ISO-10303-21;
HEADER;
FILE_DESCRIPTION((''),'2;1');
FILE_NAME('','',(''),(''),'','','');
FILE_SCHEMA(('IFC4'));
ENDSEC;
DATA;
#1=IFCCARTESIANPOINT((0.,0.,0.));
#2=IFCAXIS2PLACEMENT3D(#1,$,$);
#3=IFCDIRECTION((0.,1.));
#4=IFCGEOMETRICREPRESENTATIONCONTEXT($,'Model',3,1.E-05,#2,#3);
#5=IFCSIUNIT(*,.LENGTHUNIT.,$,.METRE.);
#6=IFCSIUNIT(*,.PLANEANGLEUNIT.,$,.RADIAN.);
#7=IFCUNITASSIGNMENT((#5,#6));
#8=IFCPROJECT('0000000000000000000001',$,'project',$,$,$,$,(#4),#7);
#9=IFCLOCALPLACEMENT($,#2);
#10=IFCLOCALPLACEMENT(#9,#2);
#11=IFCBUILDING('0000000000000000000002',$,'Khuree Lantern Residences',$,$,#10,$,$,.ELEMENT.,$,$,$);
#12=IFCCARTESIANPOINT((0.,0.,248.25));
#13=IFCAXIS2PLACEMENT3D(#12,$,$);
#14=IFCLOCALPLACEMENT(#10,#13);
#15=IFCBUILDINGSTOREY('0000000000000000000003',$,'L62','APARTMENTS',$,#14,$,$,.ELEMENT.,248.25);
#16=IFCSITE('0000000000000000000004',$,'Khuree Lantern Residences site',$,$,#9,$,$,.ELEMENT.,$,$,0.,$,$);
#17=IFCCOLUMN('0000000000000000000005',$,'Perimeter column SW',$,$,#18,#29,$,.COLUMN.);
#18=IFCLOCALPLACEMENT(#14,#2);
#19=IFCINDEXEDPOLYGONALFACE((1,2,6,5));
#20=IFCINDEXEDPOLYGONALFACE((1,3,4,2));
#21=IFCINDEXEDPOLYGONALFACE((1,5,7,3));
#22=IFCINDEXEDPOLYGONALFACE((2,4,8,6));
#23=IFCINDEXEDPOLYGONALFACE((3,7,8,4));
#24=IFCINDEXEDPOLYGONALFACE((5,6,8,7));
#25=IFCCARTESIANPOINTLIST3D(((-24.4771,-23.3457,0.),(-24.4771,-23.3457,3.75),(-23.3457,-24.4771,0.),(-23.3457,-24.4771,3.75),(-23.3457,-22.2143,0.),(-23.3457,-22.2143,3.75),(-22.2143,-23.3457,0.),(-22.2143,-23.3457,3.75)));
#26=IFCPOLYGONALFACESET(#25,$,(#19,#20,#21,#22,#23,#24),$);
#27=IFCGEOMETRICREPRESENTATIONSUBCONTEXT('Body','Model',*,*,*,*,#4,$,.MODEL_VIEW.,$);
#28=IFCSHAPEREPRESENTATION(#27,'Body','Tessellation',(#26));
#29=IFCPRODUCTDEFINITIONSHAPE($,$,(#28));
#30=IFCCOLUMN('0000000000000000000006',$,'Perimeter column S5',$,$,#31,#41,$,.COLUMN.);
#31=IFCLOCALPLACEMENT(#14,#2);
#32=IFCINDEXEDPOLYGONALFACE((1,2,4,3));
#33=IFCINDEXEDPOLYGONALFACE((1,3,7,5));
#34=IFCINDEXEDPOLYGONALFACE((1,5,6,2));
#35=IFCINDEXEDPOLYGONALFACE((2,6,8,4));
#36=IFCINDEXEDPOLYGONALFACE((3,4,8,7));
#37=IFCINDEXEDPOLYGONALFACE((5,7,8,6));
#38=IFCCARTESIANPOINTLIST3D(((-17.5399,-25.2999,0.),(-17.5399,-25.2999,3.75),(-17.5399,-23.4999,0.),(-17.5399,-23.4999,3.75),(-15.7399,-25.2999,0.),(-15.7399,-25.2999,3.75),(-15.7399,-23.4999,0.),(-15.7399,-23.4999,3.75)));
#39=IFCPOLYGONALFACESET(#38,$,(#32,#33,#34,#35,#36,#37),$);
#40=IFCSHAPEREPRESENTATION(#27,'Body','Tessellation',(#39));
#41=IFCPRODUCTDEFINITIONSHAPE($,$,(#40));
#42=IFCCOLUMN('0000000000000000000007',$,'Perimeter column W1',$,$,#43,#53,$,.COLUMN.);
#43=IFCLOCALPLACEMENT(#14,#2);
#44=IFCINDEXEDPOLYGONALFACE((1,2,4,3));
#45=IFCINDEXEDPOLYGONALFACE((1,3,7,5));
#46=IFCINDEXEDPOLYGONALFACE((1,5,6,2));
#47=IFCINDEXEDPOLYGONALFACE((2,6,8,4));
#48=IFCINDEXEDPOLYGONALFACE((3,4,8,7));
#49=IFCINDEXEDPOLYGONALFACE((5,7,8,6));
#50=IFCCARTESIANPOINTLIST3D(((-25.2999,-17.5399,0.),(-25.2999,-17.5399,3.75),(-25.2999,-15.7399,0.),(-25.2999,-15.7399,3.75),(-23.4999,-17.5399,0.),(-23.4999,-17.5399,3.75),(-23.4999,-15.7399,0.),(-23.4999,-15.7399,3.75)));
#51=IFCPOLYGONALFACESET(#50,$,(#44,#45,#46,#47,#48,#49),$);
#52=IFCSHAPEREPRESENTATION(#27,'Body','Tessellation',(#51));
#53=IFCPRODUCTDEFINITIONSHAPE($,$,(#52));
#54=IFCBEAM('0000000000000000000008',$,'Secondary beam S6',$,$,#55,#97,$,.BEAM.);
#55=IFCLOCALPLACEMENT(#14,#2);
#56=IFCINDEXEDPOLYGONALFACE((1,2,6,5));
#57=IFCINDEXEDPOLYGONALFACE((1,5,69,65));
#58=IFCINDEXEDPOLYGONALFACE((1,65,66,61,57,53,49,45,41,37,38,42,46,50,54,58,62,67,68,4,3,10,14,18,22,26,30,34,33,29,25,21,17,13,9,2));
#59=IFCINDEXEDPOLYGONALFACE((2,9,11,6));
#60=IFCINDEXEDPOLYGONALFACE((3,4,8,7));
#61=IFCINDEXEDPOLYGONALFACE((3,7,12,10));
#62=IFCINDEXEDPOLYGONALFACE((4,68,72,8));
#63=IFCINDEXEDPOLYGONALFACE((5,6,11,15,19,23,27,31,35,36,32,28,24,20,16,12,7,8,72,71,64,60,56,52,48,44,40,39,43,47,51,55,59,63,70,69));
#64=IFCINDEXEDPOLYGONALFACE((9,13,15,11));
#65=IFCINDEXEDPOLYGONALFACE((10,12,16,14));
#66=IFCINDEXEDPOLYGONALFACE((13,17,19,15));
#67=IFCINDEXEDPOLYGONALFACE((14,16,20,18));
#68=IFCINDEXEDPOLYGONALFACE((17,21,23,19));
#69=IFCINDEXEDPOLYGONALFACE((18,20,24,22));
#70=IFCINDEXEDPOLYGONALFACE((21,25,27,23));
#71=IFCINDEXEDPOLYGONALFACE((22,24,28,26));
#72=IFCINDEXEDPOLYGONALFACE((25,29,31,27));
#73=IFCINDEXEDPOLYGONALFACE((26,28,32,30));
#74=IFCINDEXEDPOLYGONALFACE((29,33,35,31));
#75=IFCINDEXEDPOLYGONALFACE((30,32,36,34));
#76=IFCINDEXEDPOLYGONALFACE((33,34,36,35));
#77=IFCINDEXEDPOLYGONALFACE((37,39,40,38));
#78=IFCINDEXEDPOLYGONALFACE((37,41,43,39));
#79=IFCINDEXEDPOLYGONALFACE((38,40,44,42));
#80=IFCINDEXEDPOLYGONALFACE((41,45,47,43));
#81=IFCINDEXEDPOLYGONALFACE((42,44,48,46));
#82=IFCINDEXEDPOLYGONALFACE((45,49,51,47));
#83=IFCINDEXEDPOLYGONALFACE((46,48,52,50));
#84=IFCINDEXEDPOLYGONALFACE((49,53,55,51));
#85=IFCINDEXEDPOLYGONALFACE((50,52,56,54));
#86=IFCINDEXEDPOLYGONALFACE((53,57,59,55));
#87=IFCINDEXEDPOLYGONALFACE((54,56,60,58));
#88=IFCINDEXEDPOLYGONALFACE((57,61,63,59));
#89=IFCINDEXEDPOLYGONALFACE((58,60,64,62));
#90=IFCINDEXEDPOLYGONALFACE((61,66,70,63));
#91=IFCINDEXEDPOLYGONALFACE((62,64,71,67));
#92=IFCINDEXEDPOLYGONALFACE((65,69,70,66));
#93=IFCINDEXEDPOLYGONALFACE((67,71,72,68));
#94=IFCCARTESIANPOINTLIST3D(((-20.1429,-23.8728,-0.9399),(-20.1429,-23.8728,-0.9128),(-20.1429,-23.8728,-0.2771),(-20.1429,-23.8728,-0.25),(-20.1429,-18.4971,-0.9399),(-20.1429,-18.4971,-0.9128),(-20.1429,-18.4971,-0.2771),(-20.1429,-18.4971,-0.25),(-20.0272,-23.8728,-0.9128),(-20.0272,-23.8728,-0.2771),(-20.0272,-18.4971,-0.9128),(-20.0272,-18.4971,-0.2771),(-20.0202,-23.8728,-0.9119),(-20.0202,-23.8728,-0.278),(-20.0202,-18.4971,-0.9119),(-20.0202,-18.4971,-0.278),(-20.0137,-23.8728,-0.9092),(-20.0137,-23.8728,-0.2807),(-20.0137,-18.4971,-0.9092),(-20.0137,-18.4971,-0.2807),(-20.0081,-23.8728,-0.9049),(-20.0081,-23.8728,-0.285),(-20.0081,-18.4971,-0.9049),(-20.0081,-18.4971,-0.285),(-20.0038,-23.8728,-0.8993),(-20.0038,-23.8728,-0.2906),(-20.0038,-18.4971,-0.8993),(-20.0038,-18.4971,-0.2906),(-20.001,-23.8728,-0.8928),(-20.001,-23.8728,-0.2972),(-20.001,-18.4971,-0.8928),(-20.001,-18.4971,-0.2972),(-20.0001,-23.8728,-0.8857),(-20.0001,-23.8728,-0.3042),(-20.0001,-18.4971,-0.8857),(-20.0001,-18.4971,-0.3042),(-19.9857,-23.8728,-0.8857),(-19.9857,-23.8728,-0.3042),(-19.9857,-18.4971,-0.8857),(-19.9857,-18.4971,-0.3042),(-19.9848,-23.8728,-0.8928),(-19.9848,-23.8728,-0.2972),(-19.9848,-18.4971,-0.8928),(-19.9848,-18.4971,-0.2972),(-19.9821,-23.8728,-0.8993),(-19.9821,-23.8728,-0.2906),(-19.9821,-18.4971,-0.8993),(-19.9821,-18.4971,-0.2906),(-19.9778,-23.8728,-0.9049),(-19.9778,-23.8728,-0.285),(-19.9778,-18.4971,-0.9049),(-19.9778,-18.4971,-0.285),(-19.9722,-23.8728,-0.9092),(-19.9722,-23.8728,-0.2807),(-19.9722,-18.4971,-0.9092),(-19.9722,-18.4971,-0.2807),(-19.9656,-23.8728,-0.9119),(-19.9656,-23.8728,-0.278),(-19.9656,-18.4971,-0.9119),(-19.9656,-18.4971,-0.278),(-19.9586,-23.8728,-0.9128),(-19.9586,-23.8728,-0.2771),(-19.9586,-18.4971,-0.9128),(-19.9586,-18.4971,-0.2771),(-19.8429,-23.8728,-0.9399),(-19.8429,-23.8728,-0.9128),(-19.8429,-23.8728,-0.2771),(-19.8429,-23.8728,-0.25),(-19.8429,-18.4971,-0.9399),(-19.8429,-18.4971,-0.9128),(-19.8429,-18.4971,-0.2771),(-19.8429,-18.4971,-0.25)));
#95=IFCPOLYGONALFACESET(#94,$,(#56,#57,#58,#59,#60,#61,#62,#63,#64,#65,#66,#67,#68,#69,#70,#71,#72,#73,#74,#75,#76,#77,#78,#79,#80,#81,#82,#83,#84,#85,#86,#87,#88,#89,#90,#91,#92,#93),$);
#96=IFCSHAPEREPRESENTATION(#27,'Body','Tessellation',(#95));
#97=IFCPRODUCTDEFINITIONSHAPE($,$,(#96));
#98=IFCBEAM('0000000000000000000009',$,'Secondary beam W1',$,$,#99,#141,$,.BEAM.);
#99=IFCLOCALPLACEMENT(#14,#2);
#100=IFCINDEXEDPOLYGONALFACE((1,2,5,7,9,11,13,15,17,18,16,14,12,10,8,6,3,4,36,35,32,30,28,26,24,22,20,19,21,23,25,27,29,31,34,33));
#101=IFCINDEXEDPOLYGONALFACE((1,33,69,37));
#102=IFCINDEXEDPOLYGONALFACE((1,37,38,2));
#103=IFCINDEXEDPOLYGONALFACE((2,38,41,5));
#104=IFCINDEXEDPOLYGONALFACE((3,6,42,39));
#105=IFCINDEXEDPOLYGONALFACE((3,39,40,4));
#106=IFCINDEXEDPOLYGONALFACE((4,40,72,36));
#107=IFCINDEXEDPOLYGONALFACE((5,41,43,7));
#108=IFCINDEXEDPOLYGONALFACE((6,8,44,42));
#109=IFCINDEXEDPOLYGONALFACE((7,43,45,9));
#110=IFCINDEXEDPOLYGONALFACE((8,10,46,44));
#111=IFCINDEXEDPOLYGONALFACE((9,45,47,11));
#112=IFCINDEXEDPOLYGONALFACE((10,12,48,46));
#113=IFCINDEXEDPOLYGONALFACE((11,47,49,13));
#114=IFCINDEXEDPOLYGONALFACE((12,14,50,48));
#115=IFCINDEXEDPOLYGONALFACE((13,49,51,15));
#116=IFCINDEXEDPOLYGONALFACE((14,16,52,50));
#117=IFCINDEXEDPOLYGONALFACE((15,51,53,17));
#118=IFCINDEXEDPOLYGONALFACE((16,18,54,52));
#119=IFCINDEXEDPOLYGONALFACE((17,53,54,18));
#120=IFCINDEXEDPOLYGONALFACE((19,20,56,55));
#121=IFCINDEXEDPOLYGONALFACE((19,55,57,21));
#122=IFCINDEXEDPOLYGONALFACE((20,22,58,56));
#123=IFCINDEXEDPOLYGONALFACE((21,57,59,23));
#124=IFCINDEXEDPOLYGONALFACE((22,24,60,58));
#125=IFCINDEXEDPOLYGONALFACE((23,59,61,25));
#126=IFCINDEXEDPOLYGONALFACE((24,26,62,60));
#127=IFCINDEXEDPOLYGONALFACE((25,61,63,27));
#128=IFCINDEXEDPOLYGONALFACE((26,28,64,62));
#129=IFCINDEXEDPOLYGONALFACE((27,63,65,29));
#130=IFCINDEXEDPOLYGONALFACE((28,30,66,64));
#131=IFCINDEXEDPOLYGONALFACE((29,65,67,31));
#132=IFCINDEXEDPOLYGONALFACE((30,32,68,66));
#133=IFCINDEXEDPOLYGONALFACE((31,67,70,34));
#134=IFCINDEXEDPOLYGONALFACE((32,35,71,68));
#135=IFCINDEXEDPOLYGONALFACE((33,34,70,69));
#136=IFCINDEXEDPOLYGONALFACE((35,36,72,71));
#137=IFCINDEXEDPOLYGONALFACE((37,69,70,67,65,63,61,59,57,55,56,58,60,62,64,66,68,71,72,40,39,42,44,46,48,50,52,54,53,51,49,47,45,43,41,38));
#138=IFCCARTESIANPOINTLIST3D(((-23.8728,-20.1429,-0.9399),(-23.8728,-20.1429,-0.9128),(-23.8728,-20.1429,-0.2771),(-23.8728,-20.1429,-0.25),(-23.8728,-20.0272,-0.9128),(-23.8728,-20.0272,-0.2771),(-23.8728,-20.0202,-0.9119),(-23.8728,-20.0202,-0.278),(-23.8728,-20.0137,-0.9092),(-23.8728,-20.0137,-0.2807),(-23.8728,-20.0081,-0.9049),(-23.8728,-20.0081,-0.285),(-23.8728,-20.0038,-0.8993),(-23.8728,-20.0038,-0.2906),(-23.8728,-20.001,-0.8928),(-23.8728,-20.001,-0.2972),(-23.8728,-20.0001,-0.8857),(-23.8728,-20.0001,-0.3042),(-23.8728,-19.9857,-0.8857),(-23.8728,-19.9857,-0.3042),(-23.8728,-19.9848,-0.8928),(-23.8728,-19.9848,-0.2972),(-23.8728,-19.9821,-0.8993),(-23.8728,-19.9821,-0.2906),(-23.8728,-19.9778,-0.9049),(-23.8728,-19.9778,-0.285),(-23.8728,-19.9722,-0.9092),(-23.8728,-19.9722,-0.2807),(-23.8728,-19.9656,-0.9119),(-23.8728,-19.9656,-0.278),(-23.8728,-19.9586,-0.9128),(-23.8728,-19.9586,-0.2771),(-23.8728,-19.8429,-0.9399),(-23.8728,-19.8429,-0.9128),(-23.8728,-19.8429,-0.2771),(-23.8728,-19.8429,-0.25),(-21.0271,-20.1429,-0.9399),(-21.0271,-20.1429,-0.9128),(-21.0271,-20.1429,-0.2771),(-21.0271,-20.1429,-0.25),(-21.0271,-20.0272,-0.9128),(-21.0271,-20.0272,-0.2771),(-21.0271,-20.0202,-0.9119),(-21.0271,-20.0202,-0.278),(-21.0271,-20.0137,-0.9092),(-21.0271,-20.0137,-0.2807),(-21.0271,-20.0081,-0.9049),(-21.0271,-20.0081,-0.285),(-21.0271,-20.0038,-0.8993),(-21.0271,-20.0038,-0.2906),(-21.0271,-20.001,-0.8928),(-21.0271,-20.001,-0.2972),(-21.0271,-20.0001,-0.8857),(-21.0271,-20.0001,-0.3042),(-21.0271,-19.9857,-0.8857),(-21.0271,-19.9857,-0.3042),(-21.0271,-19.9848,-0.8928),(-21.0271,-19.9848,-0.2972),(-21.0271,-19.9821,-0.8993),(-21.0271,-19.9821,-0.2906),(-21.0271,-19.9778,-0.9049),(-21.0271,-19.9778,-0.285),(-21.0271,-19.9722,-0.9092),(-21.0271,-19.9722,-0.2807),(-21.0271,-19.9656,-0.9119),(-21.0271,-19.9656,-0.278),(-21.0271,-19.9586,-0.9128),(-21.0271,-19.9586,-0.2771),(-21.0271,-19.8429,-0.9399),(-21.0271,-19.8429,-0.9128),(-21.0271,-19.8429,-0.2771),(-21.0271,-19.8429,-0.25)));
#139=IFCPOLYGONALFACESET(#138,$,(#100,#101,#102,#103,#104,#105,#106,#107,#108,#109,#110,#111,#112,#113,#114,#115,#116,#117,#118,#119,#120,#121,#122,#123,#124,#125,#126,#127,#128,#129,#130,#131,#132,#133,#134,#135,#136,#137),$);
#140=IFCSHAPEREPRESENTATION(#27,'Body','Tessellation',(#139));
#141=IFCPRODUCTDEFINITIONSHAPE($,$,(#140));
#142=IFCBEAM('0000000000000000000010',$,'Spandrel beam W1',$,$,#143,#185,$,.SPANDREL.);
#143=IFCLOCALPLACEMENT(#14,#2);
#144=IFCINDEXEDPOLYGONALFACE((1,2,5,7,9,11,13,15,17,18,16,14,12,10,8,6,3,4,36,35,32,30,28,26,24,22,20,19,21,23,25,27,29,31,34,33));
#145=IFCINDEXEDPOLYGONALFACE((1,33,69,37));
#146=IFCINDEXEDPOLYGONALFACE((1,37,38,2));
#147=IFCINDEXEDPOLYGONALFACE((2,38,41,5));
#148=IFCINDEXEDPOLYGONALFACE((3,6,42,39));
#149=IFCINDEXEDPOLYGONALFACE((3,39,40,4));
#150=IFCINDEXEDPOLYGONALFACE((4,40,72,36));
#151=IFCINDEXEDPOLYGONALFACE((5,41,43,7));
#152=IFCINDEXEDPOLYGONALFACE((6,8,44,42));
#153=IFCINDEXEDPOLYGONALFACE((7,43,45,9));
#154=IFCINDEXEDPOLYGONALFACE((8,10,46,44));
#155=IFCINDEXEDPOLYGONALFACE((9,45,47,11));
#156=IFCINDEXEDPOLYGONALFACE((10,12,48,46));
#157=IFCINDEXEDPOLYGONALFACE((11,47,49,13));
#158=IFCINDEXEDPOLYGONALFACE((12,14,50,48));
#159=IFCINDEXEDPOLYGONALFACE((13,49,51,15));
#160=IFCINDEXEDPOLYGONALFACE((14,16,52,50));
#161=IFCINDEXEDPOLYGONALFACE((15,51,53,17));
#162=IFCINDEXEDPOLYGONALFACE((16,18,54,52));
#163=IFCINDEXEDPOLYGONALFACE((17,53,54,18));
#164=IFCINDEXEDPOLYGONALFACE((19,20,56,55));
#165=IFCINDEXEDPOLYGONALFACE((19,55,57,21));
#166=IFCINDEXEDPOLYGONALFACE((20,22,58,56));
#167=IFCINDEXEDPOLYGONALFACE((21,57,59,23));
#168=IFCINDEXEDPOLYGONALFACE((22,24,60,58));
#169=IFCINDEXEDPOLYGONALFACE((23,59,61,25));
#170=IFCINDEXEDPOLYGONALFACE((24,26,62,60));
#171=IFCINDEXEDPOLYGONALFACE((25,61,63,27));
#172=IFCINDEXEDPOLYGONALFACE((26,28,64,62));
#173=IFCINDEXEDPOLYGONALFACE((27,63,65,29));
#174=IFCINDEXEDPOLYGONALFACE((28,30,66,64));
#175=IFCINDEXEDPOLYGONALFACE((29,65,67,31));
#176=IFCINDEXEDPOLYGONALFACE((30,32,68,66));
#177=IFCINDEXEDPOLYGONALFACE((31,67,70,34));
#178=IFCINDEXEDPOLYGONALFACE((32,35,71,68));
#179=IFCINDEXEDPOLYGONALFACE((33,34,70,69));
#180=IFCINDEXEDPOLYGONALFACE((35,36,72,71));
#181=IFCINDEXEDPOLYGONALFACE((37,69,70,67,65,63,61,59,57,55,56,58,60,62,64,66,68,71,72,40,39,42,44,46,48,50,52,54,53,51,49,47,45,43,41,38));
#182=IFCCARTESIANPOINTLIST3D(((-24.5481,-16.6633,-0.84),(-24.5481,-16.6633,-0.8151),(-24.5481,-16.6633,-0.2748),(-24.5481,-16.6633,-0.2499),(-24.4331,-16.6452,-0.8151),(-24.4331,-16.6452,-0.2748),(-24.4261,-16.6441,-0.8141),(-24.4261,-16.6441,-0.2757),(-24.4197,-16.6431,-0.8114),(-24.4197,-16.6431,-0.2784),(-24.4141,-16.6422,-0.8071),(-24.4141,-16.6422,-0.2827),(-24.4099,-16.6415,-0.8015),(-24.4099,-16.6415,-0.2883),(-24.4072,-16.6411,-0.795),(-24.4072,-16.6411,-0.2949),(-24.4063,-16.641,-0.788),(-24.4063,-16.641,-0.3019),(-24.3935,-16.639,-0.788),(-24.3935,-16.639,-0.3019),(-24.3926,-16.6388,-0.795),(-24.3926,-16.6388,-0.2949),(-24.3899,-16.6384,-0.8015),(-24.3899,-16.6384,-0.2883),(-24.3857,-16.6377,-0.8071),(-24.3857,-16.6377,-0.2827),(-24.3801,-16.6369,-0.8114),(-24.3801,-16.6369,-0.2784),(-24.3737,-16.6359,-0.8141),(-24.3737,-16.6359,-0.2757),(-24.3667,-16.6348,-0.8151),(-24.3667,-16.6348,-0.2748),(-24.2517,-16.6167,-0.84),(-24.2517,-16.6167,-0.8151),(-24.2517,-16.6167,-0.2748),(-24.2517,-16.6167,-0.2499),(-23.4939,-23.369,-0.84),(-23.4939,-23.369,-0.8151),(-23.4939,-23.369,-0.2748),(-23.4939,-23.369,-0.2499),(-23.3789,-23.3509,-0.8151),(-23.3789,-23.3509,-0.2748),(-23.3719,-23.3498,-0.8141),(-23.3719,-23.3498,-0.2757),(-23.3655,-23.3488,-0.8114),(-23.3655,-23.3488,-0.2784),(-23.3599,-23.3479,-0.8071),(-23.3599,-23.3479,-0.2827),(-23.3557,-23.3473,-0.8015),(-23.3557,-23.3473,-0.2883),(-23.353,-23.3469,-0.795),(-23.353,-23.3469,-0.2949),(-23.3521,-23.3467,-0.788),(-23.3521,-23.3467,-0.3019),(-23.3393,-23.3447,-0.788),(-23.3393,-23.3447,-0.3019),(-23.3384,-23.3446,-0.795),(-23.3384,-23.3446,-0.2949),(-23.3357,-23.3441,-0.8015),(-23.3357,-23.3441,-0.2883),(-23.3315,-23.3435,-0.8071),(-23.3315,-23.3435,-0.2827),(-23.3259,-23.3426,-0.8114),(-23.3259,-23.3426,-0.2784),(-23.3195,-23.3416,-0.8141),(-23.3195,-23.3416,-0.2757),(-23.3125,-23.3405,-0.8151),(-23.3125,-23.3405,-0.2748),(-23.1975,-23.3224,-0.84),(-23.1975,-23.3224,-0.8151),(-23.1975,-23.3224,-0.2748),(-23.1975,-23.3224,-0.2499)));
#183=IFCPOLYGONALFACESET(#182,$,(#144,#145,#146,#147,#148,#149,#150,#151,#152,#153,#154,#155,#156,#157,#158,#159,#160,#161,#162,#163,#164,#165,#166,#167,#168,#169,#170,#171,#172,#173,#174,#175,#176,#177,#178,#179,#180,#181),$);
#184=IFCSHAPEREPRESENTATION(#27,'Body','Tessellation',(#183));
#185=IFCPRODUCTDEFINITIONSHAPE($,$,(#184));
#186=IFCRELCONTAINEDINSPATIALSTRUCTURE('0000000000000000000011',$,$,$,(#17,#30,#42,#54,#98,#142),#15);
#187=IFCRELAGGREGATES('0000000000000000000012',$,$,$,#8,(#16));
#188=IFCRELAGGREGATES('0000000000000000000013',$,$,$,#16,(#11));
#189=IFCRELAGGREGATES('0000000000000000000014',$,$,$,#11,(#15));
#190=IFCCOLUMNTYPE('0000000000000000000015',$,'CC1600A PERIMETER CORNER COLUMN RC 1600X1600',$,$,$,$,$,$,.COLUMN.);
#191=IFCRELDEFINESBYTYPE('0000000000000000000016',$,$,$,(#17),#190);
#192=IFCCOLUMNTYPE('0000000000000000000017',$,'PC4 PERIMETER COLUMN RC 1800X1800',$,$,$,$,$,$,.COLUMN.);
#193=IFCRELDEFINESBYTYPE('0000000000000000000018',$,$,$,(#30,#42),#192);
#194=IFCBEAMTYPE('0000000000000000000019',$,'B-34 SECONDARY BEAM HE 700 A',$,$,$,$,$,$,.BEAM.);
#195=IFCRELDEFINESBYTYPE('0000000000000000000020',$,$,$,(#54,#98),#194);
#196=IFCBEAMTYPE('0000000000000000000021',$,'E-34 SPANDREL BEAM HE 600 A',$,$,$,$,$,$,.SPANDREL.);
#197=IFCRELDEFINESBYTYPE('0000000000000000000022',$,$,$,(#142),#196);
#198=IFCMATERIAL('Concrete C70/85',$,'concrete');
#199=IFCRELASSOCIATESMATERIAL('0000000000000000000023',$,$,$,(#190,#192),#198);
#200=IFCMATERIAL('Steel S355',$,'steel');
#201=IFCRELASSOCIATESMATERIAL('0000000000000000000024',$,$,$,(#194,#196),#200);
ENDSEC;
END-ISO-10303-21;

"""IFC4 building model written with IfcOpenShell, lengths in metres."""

from ifc_helpers import new_model, si_unit, direction, frame, origin, origin_2d, place, context, subcontext, project, spatial, rectangle, i_section, extrude, material, material_profile, profile_set, type_object, element, save


model = new_model("IFC4")

# Units and contexts
model_context = context("Model", 3, precision=1e-05, world=origin(), true_north=direction((0.0, 1.0)))
body_context = subcontext(model_context, "Body", "Model", "MODEL_VIEW")
ifc_project = project(units=[si_unit("LENGTHUNIT", "METRE"), si_unit("PLANEANGLEUNIT", "RADIAN")], contexts=[model_context])

# Site, building, storey
site_placement = place(None, origin())
site = spatial("IfcSite", under=ifc_project, at=site_placement, Name="Khuree Lantern Residences site", CompositionType="ELEMENT", RefElevation=0.0)
building_placement = place(site_placement, origin())
building = spatial("IfcBuilding", under=site, at=building_placement, Name="Khuree Lantern Residences", CompositionType="ELEMENT")
storey_placement = place(building_placement, frame((0.0, 0.0, 248.25)))
storey = spatial("IfcBuildingStorey", under=building, at=storey_placement, Name="L62", Description="APARTMENTS", CompositionType="ELEMENT", Elevation=248.25)

# Columns
ifc_material_1 = material(Name="Concrete C70/85", Category="concrete")
ifc_material_profile_1 = material_profile(ifc_material_1, rectangle(XDim=1.6001, YDim=1.6001, at=origin_2d()), Name="RC 1600X1600")
ifc_profile_set_1 = profile_set([ifc_material_profile_1], Name="Concrete C70/85")
column_type_1 = type_object("IfcColumnType", Name="CC1600A PERIMETER CORNER COLUMN RC 1600X1600", PredefinedType="COLUMN", material=ifc_profile_set_1)
column_placement = place(storey_placement, frame((-23.3457, -23.3457, 0.0), z_axis=(0.0, 0.0, 1.0), x_axis=(0.707107, -0.707107, 0.0)))
element("IfcColumn", 1, at=column_placement, inside=storey, type_object=column_type_1, Name="Perimeter column SW", PredefinedType="COLUMN", context=body_context, shape_type="SweptSolid", body=[
    extrude(rectangle(XDim=1.6001, YDim=1.6001, at=origin_2d()), origin(), (0.0, 0.0, 1.0), 3.75),
])
ifc_material_profile_2 = material_profile(ifc_material_1, rectangle(XDim=1.8, YDim=1.8, at=origin_2d()), Name="RC 1800X1800")
ifc_profile_set_2 = profile_set([ifc_material_profile_2], Name="Concrete C70/85")
column_type_2 = type_object("IfcColumnType", Name="PC4 PERIMETER COLUMN RC 1800X1800", PredefinedType="COLUMN", material=ifc_profile_set_2)
for number, where, z_axis, x_axis, name in (
    (2, (-16.6399, -24.3999, 0.0), (0.0, 0.0, 1.0), (1.0, 0.0, 0.0), "Perimeter column S5"),
    (3, (-24.3999, -16.6399, 0.0), (0.0, 0.0, 1.0), (0.0, 1.0, 0.0), "Perimeter column W1"),
):
    element("IfcColumn", number, at=place(storey_placement, frame(where, z_axis=z_axis, x_axis=x_axis)), inside=storey, type_object=column_type_2, Name=name, PredefinedType="COLUMN", context=body_context, shape_type="SweptSolid", body=[
        extrude(rectangle(XDim=1.8, YDim=1.8, at=origin_2d()), origin(), (0.0, 0.0, 1.0), 3.75),
    ])

# Beams
ifc_material_2 = material(Name="Steel S355", Category="steel")
ifc_material_profile_3 = material_profile(ifc_material_2, i_section(OverallWidth=0.3, OverallDepth=0.6899, WebThickness=0.0144, FlangeThickness=0.0271, FilletRadius=0.0271, at=origin_2d()), Name="HE 700 A")
ifc_profile_set_3 = profile_set([ifc_material_profile_3], Name="Steel S355")
beam_type_1 = type_object("IfcBeamType", Name="B-34 SECONDARY BEAM HE 700 A", PredefinedType="BEAM", material=ifc_profile_set_3)
beam_1_placement = place(storey_placement, frame((-19.9929, -23.8728, -0.595), z_axis=(0.0, 1.0, 0.0), x_axis=(-1.0, 0.0, 0.0)))
element("IfcBeam", 4, at=beam_1_placement, inside=storey, type_object=beam_type_1, Name="Secondary beam S6", PredefinedType="BEAM", context=body_context, shape_type="SweptSolid", body=[
    extrude(i_section(OverallWidth=0.3, OverallDepth=0.6899, WebThickness=0.0144, FlangeThickness=0.0271, FilletRadius=0.0271, at=origin_2d()), origin(), (0.0, 0.0, 1.0), 5.3757),
])
beam_2_placement = place(storey_placement, frame((-23.8728, -19.9929, -0.595), z_axis=(1.0, 0.0, 0.0), x_axis=(0.0, 1.0, 0.0)))
element("IfcBeam", 5, at=beam_2_placement, inside=storey, type_object=beam_type_1, Name="Secondary beam W1", PredefinedType="BEAM", context=body_context, shape_type="SweptSolid", body=[
    extrude(i_section(OverallWidth=0.3, OverallDepth=0.6899, WebThickness=0.0144, FlangeThickness=0.0271, FilletRadius=0.0271, at=origin_2d()), origin(), (0.0, 0.0, 1.0), 2.8457),
])
ifc_material_profile_4 = material_profile(ifc_material_2, i_section(OverallWidth=0.3, OverallDepth=0.5901, WebThickness=0.0129, FlangeThickness=0.0249, FilletRadius=0.0271, at=origin_2d()), Name="HE 600 A")
ifc_profile_set_4 = profile_set([ifc_material_profile_4], Name="Steel S355")
beam_type_2 = type_object("IfcBeamType", Name="E-34 SPANDREL BEAM HE 600 A", PredefinedType="SPANDREL", material=ifc_profile_set_4)
beam_3_placement = place(storey_placement, frame((-23.3457, -23.3457, -0.5449), z_axis=(-0.1553, 0.987867, 0.0), x_axis=(-0.987867, -0.1553, 0.0)))
element("IfcBeam", 6, at=beam_3_placement, inside=storey, type_object=beam_type_2, Name="Spandrel beam W1", PredefinedType="SPANDREL", context=body_context, shape_type="SweptSolid", body=[
    extrude(i_section(OverallWidth=0.3, OverallDepth=0.5901, WebThickness=0.0129, FlangeThickness=0.0249, FilletRadius=0.0271, at=origin_2d()), origin(), (0.0, 0.0, 1.0), 6.7881),
])

save(model, "model.ifc")
